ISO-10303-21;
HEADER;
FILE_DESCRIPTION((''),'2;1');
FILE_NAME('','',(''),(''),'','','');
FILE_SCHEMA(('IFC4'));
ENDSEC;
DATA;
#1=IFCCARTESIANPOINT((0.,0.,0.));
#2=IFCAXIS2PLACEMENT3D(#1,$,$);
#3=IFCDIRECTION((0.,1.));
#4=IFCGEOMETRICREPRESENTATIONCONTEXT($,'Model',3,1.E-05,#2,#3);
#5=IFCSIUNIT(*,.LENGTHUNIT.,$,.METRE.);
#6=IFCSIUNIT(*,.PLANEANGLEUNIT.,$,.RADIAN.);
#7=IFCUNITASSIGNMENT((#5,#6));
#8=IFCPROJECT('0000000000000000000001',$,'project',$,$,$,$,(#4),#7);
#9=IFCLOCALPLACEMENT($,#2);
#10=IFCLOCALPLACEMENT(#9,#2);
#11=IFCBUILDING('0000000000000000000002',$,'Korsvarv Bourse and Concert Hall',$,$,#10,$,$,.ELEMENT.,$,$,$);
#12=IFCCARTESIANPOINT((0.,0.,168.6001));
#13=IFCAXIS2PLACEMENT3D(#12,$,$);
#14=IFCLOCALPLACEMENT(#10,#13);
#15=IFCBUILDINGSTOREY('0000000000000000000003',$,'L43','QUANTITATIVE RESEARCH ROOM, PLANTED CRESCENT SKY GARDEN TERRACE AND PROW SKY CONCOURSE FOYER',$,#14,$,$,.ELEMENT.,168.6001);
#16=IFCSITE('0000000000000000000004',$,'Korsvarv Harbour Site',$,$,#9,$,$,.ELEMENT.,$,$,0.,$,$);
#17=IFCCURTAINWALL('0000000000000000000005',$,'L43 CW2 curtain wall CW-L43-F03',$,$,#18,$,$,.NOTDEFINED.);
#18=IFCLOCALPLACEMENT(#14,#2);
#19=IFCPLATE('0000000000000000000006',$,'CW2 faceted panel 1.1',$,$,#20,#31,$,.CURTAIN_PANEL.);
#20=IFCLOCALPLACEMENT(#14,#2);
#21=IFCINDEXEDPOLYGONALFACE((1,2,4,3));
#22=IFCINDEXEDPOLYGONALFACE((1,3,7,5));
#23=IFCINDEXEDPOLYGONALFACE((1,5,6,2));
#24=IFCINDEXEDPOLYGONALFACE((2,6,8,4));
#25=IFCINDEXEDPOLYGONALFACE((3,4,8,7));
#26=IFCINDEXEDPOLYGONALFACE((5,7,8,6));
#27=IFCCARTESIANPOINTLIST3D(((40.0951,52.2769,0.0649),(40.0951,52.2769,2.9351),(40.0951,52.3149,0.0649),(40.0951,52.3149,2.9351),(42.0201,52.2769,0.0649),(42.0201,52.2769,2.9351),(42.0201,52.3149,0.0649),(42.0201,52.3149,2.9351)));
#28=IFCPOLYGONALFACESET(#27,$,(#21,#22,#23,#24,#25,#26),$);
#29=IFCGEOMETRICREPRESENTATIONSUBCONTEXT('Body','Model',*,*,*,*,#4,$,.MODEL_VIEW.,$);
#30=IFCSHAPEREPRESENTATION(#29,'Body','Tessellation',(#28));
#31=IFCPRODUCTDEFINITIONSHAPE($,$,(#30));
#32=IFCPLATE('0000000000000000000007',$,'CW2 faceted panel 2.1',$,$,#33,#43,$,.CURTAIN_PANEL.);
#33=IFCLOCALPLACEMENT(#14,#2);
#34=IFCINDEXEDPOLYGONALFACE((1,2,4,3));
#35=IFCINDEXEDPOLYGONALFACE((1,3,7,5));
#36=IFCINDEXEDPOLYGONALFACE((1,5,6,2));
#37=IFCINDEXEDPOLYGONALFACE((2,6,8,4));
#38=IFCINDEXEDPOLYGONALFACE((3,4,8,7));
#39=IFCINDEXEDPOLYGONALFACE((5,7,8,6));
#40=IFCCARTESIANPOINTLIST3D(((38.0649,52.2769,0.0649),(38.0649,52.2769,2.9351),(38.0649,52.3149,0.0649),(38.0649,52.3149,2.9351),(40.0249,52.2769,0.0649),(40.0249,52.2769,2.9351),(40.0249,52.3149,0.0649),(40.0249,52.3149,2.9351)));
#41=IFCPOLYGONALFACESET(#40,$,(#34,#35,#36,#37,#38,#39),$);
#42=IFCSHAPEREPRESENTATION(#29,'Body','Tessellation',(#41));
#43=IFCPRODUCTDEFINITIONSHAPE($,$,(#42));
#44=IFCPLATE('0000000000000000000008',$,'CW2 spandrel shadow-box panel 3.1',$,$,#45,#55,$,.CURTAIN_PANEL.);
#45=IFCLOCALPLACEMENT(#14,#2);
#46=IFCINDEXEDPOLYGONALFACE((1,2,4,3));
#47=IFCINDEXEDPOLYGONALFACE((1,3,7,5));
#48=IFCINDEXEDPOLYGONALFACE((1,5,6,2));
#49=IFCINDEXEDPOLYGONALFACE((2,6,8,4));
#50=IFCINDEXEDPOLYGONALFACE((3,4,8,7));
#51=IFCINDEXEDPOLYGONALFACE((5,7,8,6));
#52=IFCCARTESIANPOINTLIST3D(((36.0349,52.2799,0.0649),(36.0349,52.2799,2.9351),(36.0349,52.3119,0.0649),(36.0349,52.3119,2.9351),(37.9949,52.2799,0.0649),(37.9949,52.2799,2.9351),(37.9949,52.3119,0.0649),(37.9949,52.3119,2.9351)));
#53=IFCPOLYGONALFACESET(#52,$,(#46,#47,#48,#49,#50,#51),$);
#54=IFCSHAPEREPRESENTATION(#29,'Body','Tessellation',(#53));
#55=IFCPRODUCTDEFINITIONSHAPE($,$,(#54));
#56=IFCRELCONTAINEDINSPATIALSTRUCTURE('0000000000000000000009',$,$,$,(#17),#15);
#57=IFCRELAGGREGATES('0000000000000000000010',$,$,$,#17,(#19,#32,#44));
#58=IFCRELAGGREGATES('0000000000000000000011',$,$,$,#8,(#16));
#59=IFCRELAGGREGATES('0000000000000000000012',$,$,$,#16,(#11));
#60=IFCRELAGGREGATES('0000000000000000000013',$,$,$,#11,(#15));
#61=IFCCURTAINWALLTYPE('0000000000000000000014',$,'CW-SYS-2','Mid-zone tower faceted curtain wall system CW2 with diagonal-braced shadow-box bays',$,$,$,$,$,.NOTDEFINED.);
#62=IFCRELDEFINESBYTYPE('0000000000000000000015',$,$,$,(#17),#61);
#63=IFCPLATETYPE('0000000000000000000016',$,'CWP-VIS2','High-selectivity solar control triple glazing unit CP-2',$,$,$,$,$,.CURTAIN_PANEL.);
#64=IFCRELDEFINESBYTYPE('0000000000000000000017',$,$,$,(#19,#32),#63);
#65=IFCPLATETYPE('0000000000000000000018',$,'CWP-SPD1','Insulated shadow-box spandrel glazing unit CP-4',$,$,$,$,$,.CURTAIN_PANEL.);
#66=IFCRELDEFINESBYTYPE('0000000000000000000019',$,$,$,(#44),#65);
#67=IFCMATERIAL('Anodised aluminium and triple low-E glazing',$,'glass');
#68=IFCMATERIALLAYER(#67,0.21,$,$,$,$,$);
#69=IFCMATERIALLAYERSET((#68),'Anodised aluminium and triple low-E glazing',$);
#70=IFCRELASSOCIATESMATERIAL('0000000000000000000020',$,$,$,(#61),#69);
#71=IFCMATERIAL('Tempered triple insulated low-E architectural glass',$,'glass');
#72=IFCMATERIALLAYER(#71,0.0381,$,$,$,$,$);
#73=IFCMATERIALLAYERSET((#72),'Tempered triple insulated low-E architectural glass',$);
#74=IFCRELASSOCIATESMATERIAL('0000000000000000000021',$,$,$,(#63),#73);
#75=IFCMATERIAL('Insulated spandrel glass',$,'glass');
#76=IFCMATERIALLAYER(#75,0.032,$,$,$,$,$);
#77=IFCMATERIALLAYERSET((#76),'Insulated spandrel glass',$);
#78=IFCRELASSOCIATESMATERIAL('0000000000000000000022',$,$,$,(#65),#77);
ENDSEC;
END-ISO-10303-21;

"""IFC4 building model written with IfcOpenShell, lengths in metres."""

from ifc_helpers import new_model, si_unit, direction, frame, origin, origin_2d, place, context, subcontext, project, spatial, rectangle, extrude, source, transform, mapped, material, layer, layer_set, type_object, element, aggregate, save


model = new_model("IFC4")

# Units and contexts
model_context = context("Model", 3, precision=1e-05, world=origin(), true_north=direction((0.0, 1.0)))
body_context = subcontext(model_context, "Body", "Model", "MODEL_VIEW")
ifc_project = project(units=[si_unit("LENGTHUNIT", "METRE"), si_unit("PLANEANGLEUNIT", "RADIAN")], contexts=[model_context])

# Site, building, storey
site_placement = place(None, origin())
site = spatial("IfcSite", under=ifc_project, at=site_placement, Name="Korsvarv Harbour Site", CompositionType="ELEMENT", RefElevation=0.0)
building_placement = place(site_placement, origin())
building = spatial("IfcBuilding", under=site, at=building_placement, Name="Korsvarv Bourse and Concert Hall", CompositionType="ELEMENT")
storey_placement = place(building_placement, frame((0.0, 0.0, 168.6001)))
storey = spatial("IfcBuildingStorey", under=building, at=storey_placement, Name="L43", Description="QUANTITATIVE RESEARCH ROOM, PLANTED CRESCENT SKY GARDEN TERRACE AND PROW SKY CONCOURSE FOYER", CompositionType="ELEMENT", Elevation=168.6001)

# Curtain wall, plates
ifc_material_1 = material(Name="Anodised aluminium and triple low-E glazing", Category="glass")
ifc_layer_1 = layer(ifc_material_1, 0.21)
ifc_layer_set_1 = layer_set([ifc_layer_1], Name="Anodised aluminium and triple low-E glazing")
curtain_wall_type = type_object("IfcCurtainWallType", Name="CW-SYS-2", Description="Mid-zone tower faceted curtain wall system CW2 with diagonal-braced shadow-box bays", PredefinedType="NOTDEFINED", material=ifc_layer_set_1)
curtain_wall_placement = place(storey_placement, origin())
curtain_wall = element("IfcCurtainWall", 1, at=curtain_wall_placement, inside=storey, type_object=curtain_wall_type, Name="L43 CW2 curtain wall CW-L43-F03", PredefinedType="NOTDEFINED")
ifc_material_2 = material(Name="Tempered triple insulated low-E architectural glass", Category="glass")
ifc_layer_2 = layer(ifc_material_2, 0.0381)
ifc_layer_set_2 = layer_set([ifc_layer_2], Name="Tempered triple insulated low-E architectural glass")
plate_type_1 = type_object("IfcPlateType", Name="CWP-VIS2", Description="High-selectivity solar control triple glazing unit CP-2", PredefinedType="CURTAIN_PANEL", material=ifc_layer_set_2)
shared_shape_1 = source(origin(), body_context, "Body", "SweptSolid", [
    extrude(rectangle(XDim=1.925, YDim=0.0381, at=origin_2d()), origin(), (0.0, 0.0, 1.0), 2.8701),
])
plate_1_placement = place(storey_placement, frame((41.0576, 52.2959, 0.0649), z_axis=(0.0, 0.0, 1.0), x_axis=(-1.0, 0.0, 0.0)))
plate_1 = element("IfcPlate", 2, at=plate_1_placement, type_object=plate_type_1, Name="CW2 faceted panel 1.1", PredefinedType="CURTAIN_PANEL", context=body_context, shape_type="MappedRepresentation", body=[
    mapped(shared_shape_1, transform((0.0, 0.0, 0.0), scale=1.0)),
])
shared_shape_2 = source(origin(), body_context, "Body", "SweptSolid", [
    extrude(rectangle(XDim=1.96, YDim=0.0381, at=origin_2d()), origin(), (0.0, 0.0, 1.0), 2.8701),
])
plate_2_placement = place(storey_placement, frame((39.0449, 52.2959, 0.0649), z_axis=(0.0, 0.0, 1.0), x_axis=(-1.0, 0.0, 0.0)))
plate_2 = element("IfcPlate", 3, at=plate_2_placement, type_object=plate_type_1, Name="CW2 faceted panel 2.1", PredefinedType="CURTAIN_PANEL", context=body_context, shape_type="MappedRepresentation", body=[
    mapped(shared_shape_2, transform((0.0, 0.0, 0.0), scale=1.0)),
])
ifc_material_3 = material(Name="Insulated spandrel glass", Category="glass")
ifc_layer_3 = layer(ifc_material_3, 0.032)
ifc_layer_set_3 = layer_set([ifc_layer_3], Name="Insulated spandrel glass")
plate_type_2 = type_object("IfcPlateType", Name="CWP-SPD1", Description="Insulated shadow-box spandrel glazing unit CP-4", PredefinedType="CURTAIN_PANEL", material=ifc_layer_set_3)
shared_shape_3 = source(origin(), body_context, "Body", "SweptSolid", [
    extrude(rectangle(XDim=1.96, YDim=0.032, at=origin_2d()), origin(), (0.0, 0.0, 1.0), 2.8701),
])
plate_3_placement = place(storey_placement, frame((37.0149, 52.2959, 0.0649), z_axis=(0.0, 0.0, 1.0), x_axis=(-1.0, 0.0, 0.0)))
plate_3 = element("IfcPlate", 4, at=plate_3_placement, type_object=plate_type_2, Name="CW2 spandrel shadow-box panel 3.1", PredefinedType="CURTAIN_PANEL", context=body_context, shape_type="MappedRepresentation", body=[
    mapped(shared_shape_3, transform((0.0, 0.0, 0.0), scale=1.0)),
])
aggregate(curtain_wall, [plate_1, plate_2, plate_3])

save(model, "model.ifc")
